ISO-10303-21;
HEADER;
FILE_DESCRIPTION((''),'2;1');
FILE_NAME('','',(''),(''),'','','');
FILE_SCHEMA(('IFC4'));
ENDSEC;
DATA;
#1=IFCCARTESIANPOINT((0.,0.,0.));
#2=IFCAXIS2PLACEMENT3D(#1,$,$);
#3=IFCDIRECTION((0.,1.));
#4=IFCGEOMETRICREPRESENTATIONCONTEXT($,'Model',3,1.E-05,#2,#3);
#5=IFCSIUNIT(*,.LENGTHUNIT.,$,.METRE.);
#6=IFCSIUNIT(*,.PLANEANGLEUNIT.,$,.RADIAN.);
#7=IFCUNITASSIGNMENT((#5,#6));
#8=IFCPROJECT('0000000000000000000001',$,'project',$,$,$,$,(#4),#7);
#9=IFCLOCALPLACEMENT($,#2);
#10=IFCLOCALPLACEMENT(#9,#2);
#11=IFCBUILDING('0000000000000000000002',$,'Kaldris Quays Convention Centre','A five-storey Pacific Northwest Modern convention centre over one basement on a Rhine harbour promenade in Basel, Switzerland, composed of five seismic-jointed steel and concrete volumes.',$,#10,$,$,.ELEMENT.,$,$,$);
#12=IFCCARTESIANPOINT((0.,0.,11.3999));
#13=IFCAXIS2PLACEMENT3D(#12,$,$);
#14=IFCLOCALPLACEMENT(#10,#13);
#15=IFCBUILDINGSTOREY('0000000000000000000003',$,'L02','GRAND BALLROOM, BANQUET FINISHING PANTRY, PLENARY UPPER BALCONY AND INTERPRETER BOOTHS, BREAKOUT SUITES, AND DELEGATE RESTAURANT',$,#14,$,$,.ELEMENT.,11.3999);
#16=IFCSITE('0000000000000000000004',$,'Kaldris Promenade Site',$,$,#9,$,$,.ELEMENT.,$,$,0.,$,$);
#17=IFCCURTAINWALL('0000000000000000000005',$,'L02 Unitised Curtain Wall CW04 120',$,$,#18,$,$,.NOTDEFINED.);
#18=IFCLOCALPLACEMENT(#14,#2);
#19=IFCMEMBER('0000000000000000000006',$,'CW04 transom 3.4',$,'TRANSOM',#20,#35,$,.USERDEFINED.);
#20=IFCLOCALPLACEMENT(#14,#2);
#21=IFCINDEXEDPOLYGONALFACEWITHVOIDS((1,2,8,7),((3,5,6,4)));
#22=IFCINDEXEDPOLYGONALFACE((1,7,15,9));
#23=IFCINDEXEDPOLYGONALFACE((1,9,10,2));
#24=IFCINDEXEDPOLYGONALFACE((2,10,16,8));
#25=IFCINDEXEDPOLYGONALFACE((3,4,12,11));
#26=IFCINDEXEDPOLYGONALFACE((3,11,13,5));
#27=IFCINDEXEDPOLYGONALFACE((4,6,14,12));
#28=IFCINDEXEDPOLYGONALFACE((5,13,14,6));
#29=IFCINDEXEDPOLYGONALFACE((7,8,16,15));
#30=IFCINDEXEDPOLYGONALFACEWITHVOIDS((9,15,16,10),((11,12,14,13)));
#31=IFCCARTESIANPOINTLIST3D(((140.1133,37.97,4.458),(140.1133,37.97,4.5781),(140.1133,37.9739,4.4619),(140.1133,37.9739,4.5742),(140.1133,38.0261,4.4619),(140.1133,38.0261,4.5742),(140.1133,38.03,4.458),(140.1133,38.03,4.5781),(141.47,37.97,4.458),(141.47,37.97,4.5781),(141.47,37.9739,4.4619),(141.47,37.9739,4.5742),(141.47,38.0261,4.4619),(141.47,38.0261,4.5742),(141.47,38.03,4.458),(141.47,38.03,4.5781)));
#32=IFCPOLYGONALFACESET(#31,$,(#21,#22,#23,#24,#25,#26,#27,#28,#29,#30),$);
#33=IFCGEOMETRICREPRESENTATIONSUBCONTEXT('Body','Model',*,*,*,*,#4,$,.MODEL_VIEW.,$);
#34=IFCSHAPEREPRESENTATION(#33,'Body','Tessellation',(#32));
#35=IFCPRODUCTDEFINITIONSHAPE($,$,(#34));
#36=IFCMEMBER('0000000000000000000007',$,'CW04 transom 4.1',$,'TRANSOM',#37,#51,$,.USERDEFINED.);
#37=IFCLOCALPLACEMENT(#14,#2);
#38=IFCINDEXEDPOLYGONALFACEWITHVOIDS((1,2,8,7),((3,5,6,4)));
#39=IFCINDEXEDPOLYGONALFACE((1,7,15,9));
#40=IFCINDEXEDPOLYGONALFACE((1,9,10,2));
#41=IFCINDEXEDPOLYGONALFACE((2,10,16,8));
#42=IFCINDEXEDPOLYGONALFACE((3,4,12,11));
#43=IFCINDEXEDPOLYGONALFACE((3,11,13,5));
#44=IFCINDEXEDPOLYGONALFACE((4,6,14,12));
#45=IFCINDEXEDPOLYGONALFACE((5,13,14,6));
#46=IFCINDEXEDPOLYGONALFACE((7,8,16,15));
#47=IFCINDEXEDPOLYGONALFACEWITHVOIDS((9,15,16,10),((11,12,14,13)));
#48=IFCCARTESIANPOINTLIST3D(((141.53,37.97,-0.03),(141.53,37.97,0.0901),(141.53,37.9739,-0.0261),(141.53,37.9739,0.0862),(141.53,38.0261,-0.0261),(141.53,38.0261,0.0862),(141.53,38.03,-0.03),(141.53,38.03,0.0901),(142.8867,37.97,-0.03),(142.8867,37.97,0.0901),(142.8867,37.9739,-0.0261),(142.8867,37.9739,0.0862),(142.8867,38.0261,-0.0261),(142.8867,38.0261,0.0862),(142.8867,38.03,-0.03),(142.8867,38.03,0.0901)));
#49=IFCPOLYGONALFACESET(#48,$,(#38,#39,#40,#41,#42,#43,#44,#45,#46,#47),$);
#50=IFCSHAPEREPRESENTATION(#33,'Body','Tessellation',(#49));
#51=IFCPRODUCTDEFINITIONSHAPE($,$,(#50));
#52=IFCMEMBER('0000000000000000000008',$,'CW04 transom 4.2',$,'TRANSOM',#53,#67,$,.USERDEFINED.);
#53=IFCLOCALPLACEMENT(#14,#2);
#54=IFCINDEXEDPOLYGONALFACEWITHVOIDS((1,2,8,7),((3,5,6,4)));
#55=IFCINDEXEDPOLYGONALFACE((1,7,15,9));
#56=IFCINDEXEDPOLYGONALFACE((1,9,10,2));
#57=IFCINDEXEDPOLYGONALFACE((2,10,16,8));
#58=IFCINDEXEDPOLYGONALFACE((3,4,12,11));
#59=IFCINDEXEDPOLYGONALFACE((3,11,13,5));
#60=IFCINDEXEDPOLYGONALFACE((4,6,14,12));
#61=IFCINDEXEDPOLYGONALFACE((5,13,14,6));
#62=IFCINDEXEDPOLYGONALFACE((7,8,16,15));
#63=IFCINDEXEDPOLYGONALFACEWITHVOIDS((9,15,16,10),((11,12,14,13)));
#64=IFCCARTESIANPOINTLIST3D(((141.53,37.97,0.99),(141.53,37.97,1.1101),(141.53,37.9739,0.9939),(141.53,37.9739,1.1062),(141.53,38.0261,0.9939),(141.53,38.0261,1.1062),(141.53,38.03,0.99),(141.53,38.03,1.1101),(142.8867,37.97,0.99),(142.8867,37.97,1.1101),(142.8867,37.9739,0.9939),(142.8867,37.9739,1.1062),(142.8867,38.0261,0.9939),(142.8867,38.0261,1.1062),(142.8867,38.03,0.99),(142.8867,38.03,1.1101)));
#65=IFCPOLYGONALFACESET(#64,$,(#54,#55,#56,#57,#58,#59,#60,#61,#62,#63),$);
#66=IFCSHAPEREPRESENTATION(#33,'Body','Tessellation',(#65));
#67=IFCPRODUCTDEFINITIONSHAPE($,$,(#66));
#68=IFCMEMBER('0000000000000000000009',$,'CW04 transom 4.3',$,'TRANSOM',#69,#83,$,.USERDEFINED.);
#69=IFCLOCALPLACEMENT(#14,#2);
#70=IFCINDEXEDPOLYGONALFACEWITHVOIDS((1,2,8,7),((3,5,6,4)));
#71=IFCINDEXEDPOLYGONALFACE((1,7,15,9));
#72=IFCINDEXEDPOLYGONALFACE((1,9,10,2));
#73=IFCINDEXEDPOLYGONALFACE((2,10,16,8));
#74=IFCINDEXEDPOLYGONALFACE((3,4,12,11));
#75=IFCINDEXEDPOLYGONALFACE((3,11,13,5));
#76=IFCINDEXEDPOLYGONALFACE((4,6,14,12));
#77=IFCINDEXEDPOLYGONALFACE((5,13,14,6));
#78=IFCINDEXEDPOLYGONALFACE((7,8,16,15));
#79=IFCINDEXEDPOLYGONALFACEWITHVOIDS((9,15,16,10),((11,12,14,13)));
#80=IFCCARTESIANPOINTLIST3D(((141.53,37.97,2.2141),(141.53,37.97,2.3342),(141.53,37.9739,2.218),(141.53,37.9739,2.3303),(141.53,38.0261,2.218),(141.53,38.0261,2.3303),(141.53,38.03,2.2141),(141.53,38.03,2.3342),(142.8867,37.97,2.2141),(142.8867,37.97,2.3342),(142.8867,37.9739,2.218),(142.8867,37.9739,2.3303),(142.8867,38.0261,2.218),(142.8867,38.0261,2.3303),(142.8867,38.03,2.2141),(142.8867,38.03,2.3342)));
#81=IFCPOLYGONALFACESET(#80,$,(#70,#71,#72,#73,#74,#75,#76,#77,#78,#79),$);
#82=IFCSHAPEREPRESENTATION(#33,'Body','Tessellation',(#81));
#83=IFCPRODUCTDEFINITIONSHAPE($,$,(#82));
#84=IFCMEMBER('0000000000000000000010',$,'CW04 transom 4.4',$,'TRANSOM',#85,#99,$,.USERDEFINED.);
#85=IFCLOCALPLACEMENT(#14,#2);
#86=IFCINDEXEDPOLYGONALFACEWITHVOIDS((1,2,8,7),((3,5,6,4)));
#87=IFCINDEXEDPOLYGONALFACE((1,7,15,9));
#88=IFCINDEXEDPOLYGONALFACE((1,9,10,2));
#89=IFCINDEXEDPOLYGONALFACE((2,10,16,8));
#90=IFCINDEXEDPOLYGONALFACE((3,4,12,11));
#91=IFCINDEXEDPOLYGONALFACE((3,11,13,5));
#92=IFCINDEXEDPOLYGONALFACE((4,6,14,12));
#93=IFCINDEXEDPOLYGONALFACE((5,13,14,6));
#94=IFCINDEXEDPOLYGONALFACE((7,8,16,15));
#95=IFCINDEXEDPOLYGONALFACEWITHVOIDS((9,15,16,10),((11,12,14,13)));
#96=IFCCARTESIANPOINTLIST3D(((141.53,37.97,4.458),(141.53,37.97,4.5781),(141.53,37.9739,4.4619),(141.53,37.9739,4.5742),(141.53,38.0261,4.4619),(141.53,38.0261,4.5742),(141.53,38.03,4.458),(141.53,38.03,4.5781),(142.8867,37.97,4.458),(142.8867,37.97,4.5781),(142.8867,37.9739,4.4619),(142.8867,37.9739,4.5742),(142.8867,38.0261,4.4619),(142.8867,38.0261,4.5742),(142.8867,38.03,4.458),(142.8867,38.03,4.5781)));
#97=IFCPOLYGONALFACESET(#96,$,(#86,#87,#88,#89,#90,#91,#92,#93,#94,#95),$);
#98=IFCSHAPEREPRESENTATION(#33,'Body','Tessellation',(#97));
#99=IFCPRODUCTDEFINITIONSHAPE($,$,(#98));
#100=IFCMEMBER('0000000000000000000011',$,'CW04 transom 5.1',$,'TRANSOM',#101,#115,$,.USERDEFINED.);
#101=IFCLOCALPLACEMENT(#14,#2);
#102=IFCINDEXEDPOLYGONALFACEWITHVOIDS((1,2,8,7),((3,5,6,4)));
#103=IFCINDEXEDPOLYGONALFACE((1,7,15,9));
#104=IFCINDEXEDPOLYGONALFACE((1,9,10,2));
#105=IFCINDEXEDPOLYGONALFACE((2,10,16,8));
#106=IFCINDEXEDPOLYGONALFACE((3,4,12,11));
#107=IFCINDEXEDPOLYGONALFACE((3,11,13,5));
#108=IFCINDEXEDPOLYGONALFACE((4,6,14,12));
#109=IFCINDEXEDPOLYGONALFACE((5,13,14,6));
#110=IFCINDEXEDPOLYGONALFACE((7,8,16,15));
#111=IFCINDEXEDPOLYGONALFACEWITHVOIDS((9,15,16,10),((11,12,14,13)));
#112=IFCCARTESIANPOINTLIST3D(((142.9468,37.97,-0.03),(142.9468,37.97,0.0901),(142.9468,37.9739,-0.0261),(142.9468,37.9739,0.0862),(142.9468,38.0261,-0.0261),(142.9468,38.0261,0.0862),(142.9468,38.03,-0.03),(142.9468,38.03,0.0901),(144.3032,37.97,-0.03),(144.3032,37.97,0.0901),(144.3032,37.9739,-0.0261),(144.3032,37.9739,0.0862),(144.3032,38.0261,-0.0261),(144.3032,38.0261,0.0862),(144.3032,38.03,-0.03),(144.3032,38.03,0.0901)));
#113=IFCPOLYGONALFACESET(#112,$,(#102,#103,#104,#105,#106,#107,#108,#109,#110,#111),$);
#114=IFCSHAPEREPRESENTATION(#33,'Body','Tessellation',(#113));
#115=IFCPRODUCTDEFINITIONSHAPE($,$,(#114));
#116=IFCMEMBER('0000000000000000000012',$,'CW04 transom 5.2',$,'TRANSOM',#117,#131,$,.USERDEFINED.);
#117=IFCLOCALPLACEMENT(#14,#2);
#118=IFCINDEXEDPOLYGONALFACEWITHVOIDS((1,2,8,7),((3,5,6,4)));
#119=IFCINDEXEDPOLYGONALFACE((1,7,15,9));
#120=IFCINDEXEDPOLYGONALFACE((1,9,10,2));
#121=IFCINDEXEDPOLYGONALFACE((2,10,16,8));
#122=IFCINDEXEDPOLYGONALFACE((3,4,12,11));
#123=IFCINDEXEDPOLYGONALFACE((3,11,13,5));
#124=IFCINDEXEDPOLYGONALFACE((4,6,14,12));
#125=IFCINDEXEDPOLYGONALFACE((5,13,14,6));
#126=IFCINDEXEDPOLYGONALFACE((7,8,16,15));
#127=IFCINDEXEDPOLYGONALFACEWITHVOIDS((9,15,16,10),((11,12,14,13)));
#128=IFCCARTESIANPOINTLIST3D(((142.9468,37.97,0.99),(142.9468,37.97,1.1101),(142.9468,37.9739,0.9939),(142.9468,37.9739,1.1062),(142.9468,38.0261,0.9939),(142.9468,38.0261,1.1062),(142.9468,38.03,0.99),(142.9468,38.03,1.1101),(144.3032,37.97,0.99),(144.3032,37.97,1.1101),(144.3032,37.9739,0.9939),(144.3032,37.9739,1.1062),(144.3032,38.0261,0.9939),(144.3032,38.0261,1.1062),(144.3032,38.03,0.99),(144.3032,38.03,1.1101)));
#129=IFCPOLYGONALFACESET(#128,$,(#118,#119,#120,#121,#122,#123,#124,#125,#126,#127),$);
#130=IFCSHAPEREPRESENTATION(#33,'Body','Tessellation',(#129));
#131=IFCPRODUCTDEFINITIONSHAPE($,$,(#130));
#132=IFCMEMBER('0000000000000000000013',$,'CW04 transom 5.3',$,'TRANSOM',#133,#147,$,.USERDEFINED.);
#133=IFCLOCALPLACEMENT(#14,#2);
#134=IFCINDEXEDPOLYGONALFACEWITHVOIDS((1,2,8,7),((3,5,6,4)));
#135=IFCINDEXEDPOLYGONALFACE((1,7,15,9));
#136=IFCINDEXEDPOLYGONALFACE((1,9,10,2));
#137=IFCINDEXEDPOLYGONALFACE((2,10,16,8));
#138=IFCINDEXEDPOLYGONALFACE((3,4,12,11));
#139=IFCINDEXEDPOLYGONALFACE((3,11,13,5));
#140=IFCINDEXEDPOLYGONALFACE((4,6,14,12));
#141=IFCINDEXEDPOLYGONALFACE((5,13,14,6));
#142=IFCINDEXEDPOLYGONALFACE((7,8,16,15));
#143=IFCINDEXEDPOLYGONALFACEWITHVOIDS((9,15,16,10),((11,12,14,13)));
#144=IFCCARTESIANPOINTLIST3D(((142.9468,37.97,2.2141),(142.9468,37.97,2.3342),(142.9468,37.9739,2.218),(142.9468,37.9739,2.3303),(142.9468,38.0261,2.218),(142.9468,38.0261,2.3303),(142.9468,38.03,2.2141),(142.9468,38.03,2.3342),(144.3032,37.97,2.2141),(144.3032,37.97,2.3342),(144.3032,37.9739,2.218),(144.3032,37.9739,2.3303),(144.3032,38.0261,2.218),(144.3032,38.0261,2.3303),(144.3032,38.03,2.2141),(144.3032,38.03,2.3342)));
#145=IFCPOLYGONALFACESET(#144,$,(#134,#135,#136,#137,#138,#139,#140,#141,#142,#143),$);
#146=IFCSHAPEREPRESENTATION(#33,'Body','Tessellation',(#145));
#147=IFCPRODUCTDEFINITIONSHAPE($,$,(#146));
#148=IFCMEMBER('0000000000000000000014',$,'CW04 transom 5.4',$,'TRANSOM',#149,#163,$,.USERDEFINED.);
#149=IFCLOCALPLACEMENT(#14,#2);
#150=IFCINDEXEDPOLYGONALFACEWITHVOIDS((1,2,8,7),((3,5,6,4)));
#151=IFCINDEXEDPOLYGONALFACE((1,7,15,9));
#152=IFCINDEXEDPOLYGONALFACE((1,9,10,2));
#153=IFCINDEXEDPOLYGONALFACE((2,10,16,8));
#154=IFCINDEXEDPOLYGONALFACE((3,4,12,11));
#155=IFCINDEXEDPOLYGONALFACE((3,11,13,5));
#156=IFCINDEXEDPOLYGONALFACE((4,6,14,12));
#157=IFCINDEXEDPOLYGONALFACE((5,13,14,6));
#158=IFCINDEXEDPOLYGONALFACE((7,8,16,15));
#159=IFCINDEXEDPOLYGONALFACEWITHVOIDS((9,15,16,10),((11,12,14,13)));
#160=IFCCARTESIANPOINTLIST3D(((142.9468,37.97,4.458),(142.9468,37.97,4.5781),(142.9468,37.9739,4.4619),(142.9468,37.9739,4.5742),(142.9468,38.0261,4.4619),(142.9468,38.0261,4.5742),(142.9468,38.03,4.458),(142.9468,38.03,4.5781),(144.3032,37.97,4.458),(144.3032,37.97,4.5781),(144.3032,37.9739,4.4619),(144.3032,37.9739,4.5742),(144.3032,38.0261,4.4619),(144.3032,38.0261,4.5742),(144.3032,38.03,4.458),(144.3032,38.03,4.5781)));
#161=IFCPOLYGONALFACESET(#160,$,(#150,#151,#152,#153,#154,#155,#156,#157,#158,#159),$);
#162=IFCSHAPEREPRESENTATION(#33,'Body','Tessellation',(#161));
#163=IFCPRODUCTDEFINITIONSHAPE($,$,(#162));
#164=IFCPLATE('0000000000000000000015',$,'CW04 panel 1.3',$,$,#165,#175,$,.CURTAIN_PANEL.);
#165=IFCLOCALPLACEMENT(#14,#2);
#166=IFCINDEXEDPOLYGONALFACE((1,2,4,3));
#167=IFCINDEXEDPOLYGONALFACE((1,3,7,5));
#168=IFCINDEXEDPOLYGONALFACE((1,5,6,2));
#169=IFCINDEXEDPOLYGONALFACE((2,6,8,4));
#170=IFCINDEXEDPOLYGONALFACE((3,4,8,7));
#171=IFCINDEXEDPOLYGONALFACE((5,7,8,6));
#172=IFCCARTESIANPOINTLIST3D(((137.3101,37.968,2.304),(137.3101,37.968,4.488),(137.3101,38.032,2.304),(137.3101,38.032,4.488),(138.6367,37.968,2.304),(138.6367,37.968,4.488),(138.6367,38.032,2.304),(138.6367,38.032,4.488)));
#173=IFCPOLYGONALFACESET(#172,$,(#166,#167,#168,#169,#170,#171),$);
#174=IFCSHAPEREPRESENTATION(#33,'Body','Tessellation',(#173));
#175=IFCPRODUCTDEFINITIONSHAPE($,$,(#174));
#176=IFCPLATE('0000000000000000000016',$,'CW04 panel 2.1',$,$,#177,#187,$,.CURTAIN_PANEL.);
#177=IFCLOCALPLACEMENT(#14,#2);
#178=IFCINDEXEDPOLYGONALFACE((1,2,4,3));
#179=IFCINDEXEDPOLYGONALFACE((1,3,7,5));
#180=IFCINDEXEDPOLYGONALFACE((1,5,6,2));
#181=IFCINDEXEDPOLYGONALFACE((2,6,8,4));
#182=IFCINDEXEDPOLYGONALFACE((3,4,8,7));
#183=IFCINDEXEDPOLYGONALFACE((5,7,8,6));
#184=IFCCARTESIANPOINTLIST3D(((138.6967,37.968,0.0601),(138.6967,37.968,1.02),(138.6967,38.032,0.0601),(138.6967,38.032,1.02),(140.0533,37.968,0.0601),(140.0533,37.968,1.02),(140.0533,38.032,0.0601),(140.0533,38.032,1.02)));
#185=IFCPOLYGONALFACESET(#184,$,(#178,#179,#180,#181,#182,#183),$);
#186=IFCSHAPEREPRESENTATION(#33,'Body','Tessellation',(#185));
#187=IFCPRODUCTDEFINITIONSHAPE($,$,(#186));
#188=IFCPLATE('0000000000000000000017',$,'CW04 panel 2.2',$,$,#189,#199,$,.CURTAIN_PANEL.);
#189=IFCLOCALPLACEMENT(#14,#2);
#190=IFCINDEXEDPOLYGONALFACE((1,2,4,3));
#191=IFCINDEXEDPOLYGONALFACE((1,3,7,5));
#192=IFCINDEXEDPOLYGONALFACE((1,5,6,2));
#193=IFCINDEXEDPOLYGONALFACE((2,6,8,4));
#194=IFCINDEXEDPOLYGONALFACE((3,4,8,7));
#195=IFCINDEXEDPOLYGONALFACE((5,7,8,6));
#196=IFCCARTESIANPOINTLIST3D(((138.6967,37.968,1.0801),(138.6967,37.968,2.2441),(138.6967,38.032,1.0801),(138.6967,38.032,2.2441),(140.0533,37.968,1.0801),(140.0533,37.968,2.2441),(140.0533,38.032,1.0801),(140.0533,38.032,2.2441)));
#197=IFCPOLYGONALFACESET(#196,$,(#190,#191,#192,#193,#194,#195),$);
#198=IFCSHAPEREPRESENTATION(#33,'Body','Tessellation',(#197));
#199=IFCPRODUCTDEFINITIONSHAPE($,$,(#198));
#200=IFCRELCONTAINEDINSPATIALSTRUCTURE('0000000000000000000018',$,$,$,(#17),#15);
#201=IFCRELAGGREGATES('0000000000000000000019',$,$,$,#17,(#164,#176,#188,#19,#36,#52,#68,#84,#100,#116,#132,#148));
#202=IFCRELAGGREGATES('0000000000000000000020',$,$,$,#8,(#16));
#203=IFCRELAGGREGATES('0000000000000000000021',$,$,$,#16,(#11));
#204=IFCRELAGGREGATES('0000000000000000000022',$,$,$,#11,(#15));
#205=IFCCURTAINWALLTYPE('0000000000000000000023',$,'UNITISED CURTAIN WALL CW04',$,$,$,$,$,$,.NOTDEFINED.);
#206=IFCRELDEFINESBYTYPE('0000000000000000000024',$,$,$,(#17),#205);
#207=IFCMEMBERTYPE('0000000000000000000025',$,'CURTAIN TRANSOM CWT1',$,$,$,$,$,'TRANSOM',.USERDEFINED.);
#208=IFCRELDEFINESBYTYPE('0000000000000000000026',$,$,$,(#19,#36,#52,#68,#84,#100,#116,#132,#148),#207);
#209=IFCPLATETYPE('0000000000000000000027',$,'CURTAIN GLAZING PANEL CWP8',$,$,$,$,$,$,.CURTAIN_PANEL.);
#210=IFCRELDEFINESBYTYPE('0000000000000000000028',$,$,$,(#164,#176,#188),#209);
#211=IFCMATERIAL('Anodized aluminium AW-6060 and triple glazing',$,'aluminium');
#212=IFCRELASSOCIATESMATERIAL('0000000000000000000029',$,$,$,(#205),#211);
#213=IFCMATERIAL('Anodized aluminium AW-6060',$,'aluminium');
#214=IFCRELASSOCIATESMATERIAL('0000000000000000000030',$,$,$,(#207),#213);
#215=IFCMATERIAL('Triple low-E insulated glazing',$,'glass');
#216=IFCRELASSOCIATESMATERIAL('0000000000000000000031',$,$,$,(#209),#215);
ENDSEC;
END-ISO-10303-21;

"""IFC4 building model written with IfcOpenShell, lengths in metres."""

from ifc_helpers import new_model, si_unit, direction, frame, origin, origin_2d, place, context, subcontext, project, spatial, rectangle, hollow_rectangle, extrude, material, material_profile, profile_set, type_object, element, aggregate, save


model = new_model("IFC4")

# Units and contexts
model_context = context("Model", 3, precision=1e-05, world=origin(), true_north=direction((0.0, 1.0)))
body_context = subcontext(model_context, "Body", "Model", "MODEL_VIEW")
ifc_project = project(units=[si_unit("LENGTHUNIT", "METRE"), si_unit("PLANEANGLEUNIT", "RADIAN")], contexts=[model_context])

# Site, building, storey
site_placement = place(None, origin())
site = spatial("IfcSite", under=ifc_project, at=site_placement, Name="Kaldris Promenade Site", CompositionType="ELEMENT", RefElevation=0.0)
building_placement = place(site_placement, origin())
building = spatial("IfcBuilding", under=site, at=building_placement, Name="Kaldris Quays Convention Centre", Description="A five-storey Pacific Northwest Modern convention centre over one basement on a Rhine harbour promenade in Basel, Switzerland, composed of five seismic-jointed steel and concrete volumes.", CompositionType="ELEMENT")
storey_placement = place(building_placement, frame((0.0, 0.0, 11.3999)))
storey = spatial("IfcBuildingStorey", under=building, at=storey_placement, Name="L02", Description="GRAND BALLROOM, BANQUET FINISHING PANTRY, PLENARY UPPER BALCONY AND INTERPRETER BOOTHS, BREAKOUT SUITES, AND DELEGATE RESTAURANT", CompositionType="ELEMENT", Elevation=11.3999)

# Curtain wall, members, plates
ifc_material_1 = material(Name="Anodized aluminium AW-6060 and triple glazing", Category="aluminium")
curtain_wall_type = type_object("IfcCurtainWallType", Name="UNITISED CURTAIN WALL CW04", PredefinedType="NOTDEFINED", material=ifc_material_1)
curtain_wall_placement = place(storey_placement, origin())
curtain_wall = element("IfcCurtainWall", 1, at=curtain_wall_placement, inside=storey, type_object=curtain_wall_type, Name="L02 Unitised Curtain Wall CW04 120", PredefinedType="NOTDEFINED")
ifc_material_2 = material(Name="Anodized aluminium AW-6060", Category="aluminium")
ifc_material_profile_1 = material_profile(ifc_material_2, hollow_rectangle(XDim=0.0601, YDim=0.1201, WallThickness=0.0039, at=origin_2d()), Name="RHS 120x60x4")
ifc_profile_set_1 = profile_set([ifc_material_profile_1], Name="Anodized aluminium AW-6060")
member_type_1 = type_object("IfcMemberType", Name="CURTAIN TRANSOM CWT1", ElementType="TRANSOM", PredefinedType="USERDEFINED", material=ifc_profile_set_1)
member_1_placement = place(storey_placement, frame((140.1133, 38.0, 4.5181), z_axis=(1.0, 0.0, 0.0), x_axis=(0.0, 1.0, 0.0)))
member_1 = element("IfcMember", 2, at=member_1_placement, type_object=member_type_1, Name="CW04 transom 3.4", ObjectType="TRANSOM", PredefinedType="USERDEFINED", context=body_context, shape_type="SweptSolid", body=[
    extrude(hollow_rectangle(XDim=0.0601, YDim=0.1201, WallThickness=0.0039, at=origin_2d()), origin(), (0.0, 0.0, 1.0), 1.3567),
])
member_2_placement = place(storey_placement, frame((141.53, 38.0, 0.03), z_axis=(1.0, 0.0, 0.0), x_axis=(0.0, 1.0, 0.0)))
member_2 = element("IfcMember", 3, at=member_2_placement, type_object=member_type_1, Name="CW04 transom 4.1", ObjectType="TRANSOM", PredefinedType="USERDEFINED", context=body_context, shape_type="SweptSolid", body=[
    extrude(hollow_rectangle(XDim=0.0601, YDim=0.1201, WallThickness=0.0039, at=origin_2d()), origin(), (0.0, 0.0, 1.0), 1.3567),
])
member_3_placement = place(storey_placement, frame((141.53, 38.0, 1.05), z_axis=(1.0, 0.0, 0.0), x_axis=(0.0, 1.0, 0.0)))
member_3 = element("IfcMember", 4, at=member_3_placement, type_object=member_type_1, Name="CW04 transom 4.2", ObjectType="TRANSOM", PredefinedType="USERDEFINED", context=body_context, shape_type="SweptSolid", body=[
    extrude(hollow_rectangle(XDim=0.0601, YDim=0.1201, WallThickness=0.0039, at=origin_2d()), origin(), (0.0, 0.0, 1.0), 1.3567),
])
member_4_placement = place(storey_placement, frame((141.53, 38.0, 2.2742), z_axis=(1.0, 0.0, 0.0), x_axis=(0.0, 1.0, 0.0)))
member_4 = element("IfcMember", 5, at=member_4_placement, type_object=member_type_1, Name="CW04 transom 4.3", ObjectType="TRANSOM", PredefinedType="USERDEFINED", context=body_context, shape_type="SweptSolid", body=[
    extrude(hollow_rectangle(XDim=0.0601, YDim=0.1201, WallThickness=0.0039, at=origin_2d()), origin(), (0.0, 0.0, 1.0), 1.3567),
])
member_5_placement = place(storey_placement, frame((141.53, 38.0, 4.5181), z_axis=(1.0, 0.0, 0.0), x_axis=(0.0, 1.0, 0.0)))
member_5 = element("IfcMember", 6, at=member_5_placement, type_object=member_type_1, Name="CW04 transom 4.4", ObjectType="TRANSOM", PredefinedType="USERDEFINED", context=body_context, shape_type="SweptSolid", body=[
    extrude(hollow_rectangle(XDim=0.0601, YDim=0.1201, WallThickness=0.0039, at=origin_2d()), origin(), (0.0, 0.0, 1.0), 1.3567),
])
member_6_placement = place(storey_placement, frame((142.9468, 38.0, 0.03), z_axis=(1.0, 0.0, 0.0), x_axis=(0.0, 1.0, 0.0)))
member_6 = element("IfcMember", 7, at=member_6_placement, type_object=member_type_1, Name="CW04 transom 5.1", ObjectType="TRANSOM", PredefinedType="USERDEFINED", context=body_context, shape_type="SweptSolid", body=[
    extrude(hollow_rectangle(XDim=0.0601, YDim=0.1201, WallThickness=0.0039, at=origin_2d()), origin(), (0.0, 0.0, 1.0), 1.3564),
])
member_7_placement = place(storey_placement, frame((142.9468, 38.0, 1.05), z_axis=(1.0, 0.0, 0.0), x_axis=(0.0, 1.0, 0.0)))
member_7 = element("IfcMember", 8, at=member_7_placement, type_object=member_type_1, Name="CW04 transom 5.2", ObjectType="TRANSOM", PredefinedType="USERDEFINED", context=body_context, shape_type="SweptSolid", body=[
    extrude(hollow_rectangle(XDim=0.0601, YDim=0.1201, WallThickness=0.0039, at=origin_2d()), origin(), (0.0, 0.0, 1.0), 1.3564),
])
member_8_placement = place(storey_placement, frame((142.9468, 38.0, 2.2742), z_axis=(1.0, 0.0, 0.0), x_axis=(0.0, 1.0, 0.0)))
member_8 = element("IfcMember", 9, at=member_8_placement, type_object=member_type_1, Name="CW04 transom 5.3", ObjectType="TRANSOM", PredefinedType="USERDEFINED", context=body_context, shape_type="SweptSolid", body=[
    extrude(hollow_rectangle(XDim=0.0601, YDim=0.1201, WallThickness=0.0039, at=origin_2d()), origin(), (0.0, 0.0, 1.0), 1.3564),
])
member_9_placement = place(storey_placement, frame((142.9468, 38.0, 4.5181), z_axis=(1.0, 0.0, 0.0), x_axis=(0.0, 1.0, 0.0)))
member_9 = element("IfcMember", 10, at=member_9_placement, type_object=member_type_1, Name="CW04 transom 5.4", ObjectType="TRANSOM", PredefinedType="USERDEFINED", context=body_context, shape_type="SweptSolid", body=[
    extrude(hollow_rectangle(XDim=0.0601, YDim=0.1201, WallThickness=0.0039, at=origin_2d()), origin(), (0.0, 0.0, 1.0), 1.3564),
])
ifc_material_3 = material(Name="Triple low-E insulated glazing", Category="glass")
plate_type = type_object("IfcPlateType", Name="CURTAIN GLAZING PANEL CWP8", PredefinedType="CURTAIN_PANEL", material=ifc_material_3)
plate_1_placement = place(storey_placement, frame((137.9734, 38.0, 2.304), z_axis=(0.0, 0.0, 1.0), x_axis=(1.0, 0.0, 0.0)))
plate_1 = element("IfcPlate", 11, at=plate_1_placement, type_object=plate_type, Name="CW04 panel 1.3", PredefinedType="CURTAIN_PANEL", context=body_context, shape_type="SweptSolid", body=[
    extrude(rectangle(XDim=1.3267, YDim=0.064, at=origin_2d()), origin(), (0.0, 0.0, 1.0), 2.1841),
])
plate_2_placement = place(storey_placement, frame((139.375, 38.0, 0.0601), z_axis=(0.0, 0.0, 1.0), x_axis=(1.0, 0.0, 0.0)))
plate_2 = element("IfcPlate", 12, at=plate_2_placement, type_object=plate_type, Name="CW04 panel 2.1", PredefinedType="CURTAIN_PANEL", context=body_context, shape_type="SweptSolid", body=[
    extrude(rectangle(XDim=1.3567, YDim=0.064, at=origin_2d()), origin(), (0.0, 0.0, 1.0), 0.96),
])
plate_3_placement = place(storey_placement, frame((139.375, 38.0, 1.0801), z_axis=(0.0, 0.0, 1.0), x_axis=(1.0, 0.0, 0.0)))
plate_3 = element("IfcPlate", 13, at=plate_3_placement, type_object=plate_type, Name="CW04 panel 2.2", PredefinedType="CURTAIN_PANEL", context=body_context, shape_type="SweptSolid", body=[
    extrude(rectangle(XDim=1.3567, YDim=0.064, at=origin_2d()), origin(), (0.0, 0.0, 1.0), 1.1641),
])
aggregate(curtain_wall, [plate_1, plate_2, plate_3, member_1, member_2, member_3, member_4, member_5, member_6, member_7, member_8, member_9])

save(model, "model.ifc")
